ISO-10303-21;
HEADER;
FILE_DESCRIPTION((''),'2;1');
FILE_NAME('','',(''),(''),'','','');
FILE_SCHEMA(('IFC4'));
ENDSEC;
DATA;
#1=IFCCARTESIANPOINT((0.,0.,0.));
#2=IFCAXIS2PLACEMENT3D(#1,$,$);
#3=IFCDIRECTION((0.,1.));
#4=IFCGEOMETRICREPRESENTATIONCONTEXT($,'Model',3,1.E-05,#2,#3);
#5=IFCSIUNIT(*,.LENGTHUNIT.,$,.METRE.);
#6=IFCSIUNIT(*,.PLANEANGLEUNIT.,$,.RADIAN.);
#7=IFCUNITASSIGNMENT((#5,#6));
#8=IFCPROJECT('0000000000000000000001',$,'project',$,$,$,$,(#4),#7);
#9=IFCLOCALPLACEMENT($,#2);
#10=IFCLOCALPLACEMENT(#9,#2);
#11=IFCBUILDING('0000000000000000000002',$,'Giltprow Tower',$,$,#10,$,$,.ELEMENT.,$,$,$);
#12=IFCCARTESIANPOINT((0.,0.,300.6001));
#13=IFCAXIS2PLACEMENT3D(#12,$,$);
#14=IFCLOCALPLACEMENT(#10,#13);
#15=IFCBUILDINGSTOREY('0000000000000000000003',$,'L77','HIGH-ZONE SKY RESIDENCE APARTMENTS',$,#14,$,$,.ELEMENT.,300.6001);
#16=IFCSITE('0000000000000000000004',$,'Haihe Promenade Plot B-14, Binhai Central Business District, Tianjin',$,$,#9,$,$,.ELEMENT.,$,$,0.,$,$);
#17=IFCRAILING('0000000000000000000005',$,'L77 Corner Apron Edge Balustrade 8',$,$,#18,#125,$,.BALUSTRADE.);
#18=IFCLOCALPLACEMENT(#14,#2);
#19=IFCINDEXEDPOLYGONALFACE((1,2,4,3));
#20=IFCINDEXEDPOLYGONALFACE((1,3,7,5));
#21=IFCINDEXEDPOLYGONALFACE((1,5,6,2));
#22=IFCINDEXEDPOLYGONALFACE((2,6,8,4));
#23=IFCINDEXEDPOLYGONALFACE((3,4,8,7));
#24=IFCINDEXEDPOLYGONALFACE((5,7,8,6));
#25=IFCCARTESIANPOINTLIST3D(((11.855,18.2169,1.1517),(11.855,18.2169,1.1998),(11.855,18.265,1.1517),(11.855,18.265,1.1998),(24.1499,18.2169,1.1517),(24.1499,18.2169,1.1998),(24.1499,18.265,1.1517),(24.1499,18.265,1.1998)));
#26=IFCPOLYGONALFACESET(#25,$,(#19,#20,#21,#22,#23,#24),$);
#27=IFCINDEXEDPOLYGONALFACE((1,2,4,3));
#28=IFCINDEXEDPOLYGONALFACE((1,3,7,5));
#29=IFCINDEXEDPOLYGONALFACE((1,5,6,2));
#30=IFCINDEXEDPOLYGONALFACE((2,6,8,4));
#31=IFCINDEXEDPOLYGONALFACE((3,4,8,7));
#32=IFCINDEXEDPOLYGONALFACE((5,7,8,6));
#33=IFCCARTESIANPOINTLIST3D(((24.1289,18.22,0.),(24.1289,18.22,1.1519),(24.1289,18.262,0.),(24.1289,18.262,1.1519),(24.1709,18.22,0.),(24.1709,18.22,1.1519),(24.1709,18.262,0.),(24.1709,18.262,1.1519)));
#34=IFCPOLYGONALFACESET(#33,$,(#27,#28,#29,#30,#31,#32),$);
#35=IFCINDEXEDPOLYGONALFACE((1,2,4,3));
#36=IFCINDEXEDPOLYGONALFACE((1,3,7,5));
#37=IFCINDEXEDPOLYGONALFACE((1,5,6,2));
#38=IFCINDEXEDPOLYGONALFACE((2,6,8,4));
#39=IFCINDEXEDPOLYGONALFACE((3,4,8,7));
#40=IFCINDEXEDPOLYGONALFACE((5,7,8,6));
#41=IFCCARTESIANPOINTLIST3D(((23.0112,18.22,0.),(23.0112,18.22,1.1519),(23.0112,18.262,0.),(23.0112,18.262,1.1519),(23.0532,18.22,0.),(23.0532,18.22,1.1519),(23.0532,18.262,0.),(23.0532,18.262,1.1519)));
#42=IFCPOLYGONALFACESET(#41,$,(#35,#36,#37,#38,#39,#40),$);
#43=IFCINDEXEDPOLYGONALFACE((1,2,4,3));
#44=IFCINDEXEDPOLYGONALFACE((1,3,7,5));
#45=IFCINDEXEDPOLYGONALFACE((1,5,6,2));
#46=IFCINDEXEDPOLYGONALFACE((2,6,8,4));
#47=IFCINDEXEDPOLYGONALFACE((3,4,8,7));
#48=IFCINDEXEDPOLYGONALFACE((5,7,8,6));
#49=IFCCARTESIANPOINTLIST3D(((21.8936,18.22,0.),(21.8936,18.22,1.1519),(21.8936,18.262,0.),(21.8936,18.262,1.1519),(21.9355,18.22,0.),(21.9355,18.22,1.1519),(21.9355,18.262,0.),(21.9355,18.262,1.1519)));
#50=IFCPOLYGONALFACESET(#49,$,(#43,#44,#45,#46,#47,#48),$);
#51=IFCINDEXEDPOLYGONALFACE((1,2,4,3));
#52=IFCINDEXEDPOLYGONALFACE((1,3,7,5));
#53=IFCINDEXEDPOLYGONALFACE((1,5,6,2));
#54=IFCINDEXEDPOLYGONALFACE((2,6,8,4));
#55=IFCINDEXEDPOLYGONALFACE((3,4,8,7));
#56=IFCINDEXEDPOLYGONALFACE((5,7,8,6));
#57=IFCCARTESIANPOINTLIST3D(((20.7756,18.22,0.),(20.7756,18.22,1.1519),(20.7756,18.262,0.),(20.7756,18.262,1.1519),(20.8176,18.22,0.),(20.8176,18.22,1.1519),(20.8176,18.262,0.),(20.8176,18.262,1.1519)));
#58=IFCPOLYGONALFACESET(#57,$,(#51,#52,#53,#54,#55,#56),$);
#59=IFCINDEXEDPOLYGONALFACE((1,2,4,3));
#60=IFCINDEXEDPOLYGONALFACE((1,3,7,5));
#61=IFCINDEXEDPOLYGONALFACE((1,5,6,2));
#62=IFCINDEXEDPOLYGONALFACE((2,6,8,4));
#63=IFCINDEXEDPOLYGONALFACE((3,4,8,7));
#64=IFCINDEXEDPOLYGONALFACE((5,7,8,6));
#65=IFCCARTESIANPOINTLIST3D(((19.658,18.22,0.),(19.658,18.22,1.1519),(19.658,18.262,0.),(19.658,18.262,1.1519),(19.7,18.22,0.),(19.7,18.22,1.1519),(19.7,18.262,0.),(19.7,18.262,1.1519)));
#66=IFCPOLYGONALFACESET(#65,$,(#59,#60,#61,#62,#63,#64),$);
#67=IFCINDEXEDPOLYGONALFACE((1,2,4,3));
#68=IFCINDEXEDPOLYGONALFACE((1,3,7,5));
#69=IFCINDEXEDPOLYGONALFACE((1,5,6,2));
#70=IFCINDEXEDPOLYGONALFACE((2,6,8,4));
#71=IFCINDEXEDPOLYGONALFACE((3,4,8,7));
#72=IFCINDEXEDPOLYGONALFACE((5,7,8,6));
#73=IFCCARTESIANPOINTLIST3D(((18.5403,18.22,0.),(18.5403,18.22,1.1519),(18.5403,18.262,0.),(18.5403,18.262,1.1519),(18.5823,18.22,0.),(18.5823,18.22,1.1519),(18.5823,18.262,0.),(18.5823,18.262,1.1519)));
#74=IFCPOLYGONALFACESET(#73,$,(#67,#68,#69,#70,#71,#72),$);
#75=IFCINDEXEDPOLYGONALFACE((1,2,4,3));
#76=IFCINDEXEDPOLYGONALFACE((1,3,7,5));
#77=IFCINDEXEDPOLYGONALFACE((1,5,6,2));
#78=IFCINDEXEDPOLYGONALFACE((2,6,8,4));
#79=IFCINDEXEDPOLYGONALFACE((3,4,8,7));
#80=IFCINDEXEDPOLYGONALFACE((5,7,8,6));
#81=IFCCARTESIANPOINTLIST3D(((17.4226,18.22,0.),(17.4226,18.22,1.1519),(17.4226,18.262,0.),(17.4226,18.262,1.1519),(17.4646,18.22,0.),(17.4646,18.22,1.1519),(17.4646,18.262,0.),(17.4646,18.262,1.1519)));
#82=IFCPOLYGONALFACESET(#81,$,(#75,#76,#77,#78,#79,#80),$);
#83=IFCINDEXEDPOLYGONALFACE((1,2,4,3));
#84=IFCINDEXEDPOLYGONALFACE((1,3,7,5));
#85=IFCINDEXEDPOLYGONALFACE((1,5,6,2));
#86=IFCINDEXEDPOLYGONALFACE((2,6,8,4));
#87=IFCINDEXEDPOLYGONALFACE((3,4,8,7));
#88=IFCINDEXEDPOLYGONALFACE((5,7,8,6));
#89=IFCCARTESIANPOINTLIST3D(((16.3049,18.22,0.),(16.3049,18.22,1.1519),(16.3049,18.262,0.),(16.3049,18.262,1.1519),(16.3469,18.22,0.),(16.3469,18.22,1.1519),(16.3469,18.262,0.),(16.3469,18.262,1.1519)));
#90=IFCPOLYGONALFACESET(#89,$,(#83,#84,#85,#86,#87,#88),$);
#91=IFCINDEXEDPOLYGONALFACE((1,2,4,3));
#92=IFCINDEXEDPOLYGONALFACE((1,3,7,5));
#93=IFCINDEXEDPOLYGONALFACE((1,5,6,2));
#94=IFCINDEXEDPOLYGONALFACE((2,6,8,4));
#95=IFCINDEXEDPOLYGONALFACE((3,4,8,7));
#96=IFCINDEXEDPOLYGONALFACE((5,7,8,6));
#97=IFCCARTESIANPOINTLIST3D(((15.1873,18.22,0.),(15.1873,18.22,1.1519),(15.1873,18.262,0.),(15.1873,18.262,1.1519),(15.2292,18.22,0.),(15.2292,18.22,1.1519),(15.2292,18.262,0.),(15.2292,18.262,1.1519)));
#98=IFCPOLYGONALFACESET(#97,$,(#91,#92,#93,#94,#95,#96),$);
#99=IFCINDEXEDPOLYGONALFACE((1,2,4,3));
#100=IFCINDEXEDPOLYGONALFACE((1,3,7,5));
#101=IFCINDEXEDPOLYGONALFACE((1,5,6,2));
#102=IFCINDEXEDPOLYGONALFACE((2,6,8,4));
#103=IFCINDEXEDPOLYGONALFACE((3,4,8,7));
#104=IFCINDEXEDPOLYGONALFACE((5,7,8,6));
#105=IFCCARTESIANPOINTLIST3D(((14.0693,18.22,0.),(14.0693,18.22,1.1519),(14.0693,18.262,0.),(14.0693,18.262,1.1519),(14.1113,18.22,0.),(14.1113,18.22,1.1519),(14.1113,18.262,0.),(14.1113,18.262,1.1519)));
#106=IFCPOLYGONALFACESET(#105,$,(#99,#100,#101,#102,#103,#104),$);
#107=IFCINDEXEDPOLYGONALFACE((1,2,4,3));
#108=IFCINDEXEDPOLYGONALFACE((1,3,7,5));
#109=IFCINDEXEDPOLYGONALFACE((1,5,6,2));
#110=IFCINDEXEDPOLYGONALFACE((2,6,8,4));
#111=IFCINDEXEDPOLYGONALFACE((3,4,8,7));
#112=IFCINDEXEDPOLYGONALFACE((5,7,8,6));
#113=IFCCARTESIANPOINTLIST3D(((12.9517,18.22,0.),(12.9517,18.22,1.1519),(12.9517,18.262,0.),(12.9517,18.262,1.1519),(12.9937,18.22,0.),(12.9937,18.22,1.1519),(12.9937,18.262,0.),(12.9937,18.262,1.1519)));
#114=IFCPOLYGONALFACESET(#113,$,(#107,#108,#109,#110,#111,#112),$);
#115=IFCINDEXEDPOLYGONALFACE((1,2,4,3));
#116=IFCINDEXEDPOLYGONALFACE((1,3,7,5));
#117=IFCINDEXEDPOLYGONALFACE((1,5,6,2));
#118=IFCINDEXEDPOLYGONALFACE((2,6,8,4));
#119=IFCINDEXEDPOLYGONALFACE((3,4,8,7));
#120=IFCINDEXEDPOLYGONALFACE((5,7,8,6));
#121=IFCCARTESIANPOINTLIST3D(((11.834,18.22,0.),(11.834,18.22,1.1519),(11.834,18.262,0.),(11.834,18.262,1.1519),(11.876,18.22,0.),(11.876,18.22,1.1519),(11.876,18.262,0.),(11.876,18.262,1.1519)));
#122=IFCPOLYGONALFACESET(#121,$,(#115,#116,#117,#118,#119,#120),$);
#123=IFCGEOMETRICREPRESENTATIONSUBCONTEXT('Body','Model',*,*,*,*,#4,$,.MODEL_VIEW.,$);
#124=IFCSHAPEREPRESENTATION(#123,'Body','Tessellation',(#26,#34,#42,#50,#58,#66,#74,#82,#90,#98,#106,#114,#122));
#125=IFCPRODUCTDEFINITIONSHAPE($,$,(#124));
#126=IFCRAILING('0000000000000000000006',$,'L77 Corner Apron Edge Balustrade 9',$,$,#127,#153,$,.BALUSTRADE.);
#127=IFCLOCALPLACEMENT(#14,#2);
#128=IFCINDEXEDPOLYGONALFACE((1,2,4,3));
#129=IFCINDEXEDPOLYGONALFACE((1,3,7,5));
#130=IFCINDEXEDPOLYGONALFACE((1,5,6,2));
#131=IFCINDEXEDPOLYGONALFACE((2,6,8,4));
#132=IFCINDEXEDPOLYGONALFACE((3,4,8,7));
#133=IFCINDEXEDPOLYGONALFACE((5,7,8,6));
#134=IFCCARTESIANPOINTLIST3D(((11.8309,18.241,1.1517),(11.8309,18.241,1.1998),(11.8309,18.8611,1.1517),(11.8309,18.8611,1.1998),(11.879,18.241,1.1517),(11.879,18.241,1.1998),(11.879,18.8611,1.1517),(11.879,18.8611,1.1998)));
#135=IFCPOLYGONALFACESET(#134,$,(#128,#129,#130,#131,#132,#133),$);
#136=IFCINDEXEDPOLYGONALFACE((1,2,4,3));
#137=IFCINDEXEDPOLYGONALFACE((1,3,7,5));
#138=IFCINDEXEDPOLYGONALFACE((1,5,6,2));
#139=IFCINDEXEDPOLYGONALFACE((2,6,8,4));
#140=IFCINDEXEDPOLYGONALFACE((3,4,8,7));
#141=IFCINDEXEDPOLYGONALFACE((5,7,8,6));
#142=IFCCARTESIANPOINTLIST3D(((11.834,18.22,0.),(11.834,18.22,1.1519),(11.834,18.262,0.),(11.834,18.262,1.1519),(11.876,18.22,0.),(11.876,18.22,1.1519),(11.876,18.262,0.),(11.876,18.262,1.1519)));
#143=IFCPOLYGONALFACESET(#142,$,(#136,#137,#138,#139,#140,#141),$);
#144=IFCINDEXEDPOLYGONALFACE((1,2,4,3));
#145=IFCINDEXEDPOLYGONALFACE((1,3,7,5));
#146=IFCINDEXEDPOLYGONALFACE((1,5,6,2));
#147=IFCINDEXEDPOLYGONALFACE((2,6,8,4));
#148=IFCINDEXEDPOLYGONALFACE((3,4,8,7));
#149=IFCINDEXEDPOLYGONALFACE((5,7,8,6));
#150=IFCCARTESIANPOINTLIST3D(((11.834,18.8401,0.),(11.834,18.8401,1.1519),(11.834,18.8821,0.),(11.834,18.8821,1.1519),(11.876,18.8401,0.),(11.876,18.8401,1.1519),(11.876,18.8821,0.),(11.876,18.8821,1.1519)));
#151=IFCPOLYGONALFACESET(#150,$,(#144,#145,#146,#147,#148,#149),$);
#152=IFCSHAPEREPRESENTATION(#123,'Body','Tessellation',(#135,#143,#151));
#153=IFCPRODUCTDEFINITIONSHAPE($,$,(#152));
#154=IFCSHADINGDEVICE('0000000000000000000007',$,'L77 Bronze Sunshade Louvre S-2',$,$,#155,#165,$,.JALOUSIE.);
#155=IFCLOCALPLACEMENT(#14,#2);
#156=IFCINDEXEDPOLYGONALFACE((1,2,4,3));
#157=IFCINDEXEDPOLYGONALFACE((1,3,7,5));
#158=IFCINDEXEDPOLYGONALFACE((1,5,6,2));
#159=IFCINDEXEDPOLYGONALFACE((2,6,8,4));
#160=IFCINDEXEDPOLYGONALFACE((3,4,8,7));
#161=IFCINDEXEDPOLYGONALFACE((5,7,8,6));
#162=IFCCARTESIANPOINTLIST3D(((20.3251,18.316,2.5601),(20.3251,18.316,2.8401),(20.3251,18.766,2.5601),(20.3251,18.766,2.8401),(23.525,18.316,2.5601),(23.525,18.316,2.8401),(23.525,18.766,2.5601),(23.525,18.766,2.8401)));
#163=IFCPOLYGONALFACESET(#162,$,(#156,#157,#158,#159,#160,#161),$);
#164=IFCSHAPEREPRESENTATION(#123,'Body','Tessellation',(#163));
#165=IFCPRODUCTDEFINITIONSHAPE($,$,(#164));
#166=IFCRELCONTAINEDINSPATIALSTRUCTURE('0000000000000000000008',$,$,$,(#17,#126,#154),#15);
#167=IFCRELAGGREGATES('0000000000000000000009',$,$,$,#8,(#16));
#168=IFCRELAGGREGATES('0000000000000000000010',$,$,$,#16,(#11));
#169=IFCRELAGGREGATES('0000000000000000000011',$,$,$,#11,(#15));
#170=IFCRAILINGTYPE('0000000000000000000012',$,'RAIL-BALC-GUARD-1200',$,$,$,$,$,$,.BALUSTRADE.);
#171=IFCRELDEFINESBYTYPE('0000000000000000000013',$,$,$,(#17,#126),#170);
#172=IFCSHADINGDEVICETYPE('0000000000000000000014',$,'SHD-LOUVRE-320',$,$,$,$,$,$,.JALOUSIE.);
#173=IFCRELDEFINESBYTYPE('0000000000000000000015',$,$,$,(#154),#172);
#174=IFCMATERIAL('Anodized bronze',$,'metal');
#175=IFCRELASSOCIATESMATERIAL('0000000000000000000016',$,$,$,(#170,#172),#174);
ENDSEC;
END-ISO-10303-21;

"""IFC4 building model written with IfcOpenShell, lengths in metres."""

from ifc_helpers import new_model, si_unit, direction, frame, origin, origin_2d, place, context, subcontext, project, spatial, rectangle, extrude, source, transform, mapped, material, type_object, element, save


model = new_model("IFC4")

# Units and contexts
model_context = context("Model", 3, precision=1e-05, world=origin(), true_north=direction((0.0, 1.0)))
body_context = subcontext(model_context, "Body", "Model", "MODEL_VIEW")
ifc_project = project(units=[si_unit("LENGTHUNIT", "METRE"), si_unit("PLANEANGLEUNIT", "RADIAN")], contexts=[model_context])

# Site, building, storey
site_placement = place(None, origin())
site = spatial("IfcSite", under=ifc_project, at=site_placement, Name="Haihe Promenade Plot B-14, Binhai Central Business District, Tianjin", CompositionType="ELEMENT", RefElevation=0.0)
building_placement = place(site_placement, origin())
building = spatial("IfcBuilding", under=site, at=building_placement, Name="Giltprow Tower", CompositionType="ELEMENT")
storey_placement = place(building_placement, frame((0.0, 0.0, 300.6001)))
storey = spatial("IfcBuildingStorey", under=building, at=storey_placement, Name="L77", Description="HIGH-ZONE SKY RESIDENCE APARTMENTS", CompositionType="ELEMENT", Elevation=300.6001)

# Shared definitions
ifc_material_1 = material(Name="Anodized bronze", Category="metal")

# Railings
railing_type = type_object("IfcRailingType", Name="RAIL-BALC-GUARD-1200", PredefinedType="BALUSTRADE", material=ifc_material_1)
railing_1_placement = place(storey_placement, frame((24.1499, 18.241, 0.0)))
element("IfcRailing", 1, at=railing_1_placement, inside=storey, type_object=railing_type, Name="L77 Corner Apron Edge Balustrade 8", PredefinedType="BALUSTRADE", context=body_context, shape_type="SweptSolid", body=[
    extrude(rectangle(XDim=0.0481, YDim=0.0481, at=origin_2d()), frame((0.0, 0.0, 1.1758), z_axis=(-1.0, 0.0, 0.0), x_axis=(0.0, -1.0, 0.0)), (0.0, 0.0, 1.0), 12.2949),
    extrude(rectangle(XDim=0.042, YDim=0.042, at=origin_2d()), origin(), (0.0, 0.0, 1.0), 1.1519),
    extrude(rectangle(XDim=0.042, YDim=0.042, at=origin_2d()), frame((-1.1177, 0.0, 0.0)), (0.0, 0.0, 1.0), 1.1519),
    extrude(rectangle(XDim=0.042, YDim=0.042, at=origin_2d()), frame((-2.2354, 0.0, 0.0)), (0.0, 0.0, 1.0), 1.1519),
    extrude(rectangle(XDim=0.042, YDim=0.042, at=origin_2d()), frame((-3.3533, 0.0, 0.0)), (0.0, 0.0, 1.0), 1.1519),
    extrude(rectangle(XDim=0.042, YDim=0.042, at=origin_2d()), frame((-4.4709, 0.0, 0.0)), (0.0, 0.0, 1.0), 1.1519),
    extrude(rectangle(XDim=0.042, YDim=0.042, at=origin_2d()), frame((-5.5886, 0.0, 0.0)), (0.0, 0.0, 1.0), 1.1519),
    extrude(rectangle(XDim=0.042, YDim=0.042, at=origin_2d()), frame((-6.7063, 0.0, 0.0)), (0.0, 0.0, 1.0), 1.1519),
    extrude(rectangle(XDim=0.042, YDim=0.042, at=origin_2d()), frame((-7.824, 0.0, 0.0)), (0.0, 0.0, 1.0), 1.1519),
    extrude(rectangle(XDim=0.042, YDim=0.042, at=origin_2d()), frame((-8.9417, 0.0, 0.0)), (0.0, 0.0, 1.0), 1.1519),
    extrude(rectangle(XDim=0.042, YDim=0.042, at=origin_2d()), frame((-10.0596, 0.0, 0.0)), (0.0, 0.0, 1.0), 1.1519),
    extrude(rectangle(XDim=0.042, YDim=0.042, at=origin_2d()), frame((-11.1772, 0.0, 0.0)), (0.0, 0.0, 1.0), 1.1519),
    extrude(rectangle(XDim=0.042, YDim=0.042, at=origin_2d()), frame((-12.2949, 0.0, 0.0)), (0.0, 0.0, 1.0), 1.1519),
])
railing_2_placement = place(storey_placement, frame((11.855, 18.241, 0.0)))
element("IfcRailing", 2, at=railing_2_placement, inside=storey, type_object=railing_type, Name="L77 Corner Apron Edge Balustrade 9", PredefinedType="BALUSTRADE", context=body_context, shape_type="SweptSolid", body=[
    extrude(rectangle(XDim=0.0481, YDim=0.0481, at=origin_2d()), frame((0.0, 0.0, 1.1758), z_axis=(0.0, 1.0, 0.0), x_axis=(-1.0, 0.0, 0.0)), (0.0, 0.0, 1.0), 0.6201),
    extrude(rectangle(XDim=0.042, YDim=0.042, at=origin_2d()), origin(), (0.0, 0.0, 1.0), 1.1519),
    extrude(rectangle(XDim=0.042, YDim=0.042, at=origin_2d()), frame((0.0, 0.6201, 0.0)), (0.0, 0.0, 1.0), 1.1519),
])

# Shading device
shading_device_type = type_object("IfcShadingDeviceType", Name="SHD-LOUVRE-320", PredefinedType="JALOUSIE", material=ifc_material_1)
shared_shape_1 = source(origin(), body_context, "Body", "SweptSolid", [
    extrude(rectangle(XDim=3.2, YDim=0.45, at=origin_2d()), origin(), (0.0, 0.0, 1.0), 0.28),
])
shading_device_placement = place(storey_placement, frame((21.925, 18.541, 2.5601), z_axis=(0.0, 0.0, 1.0), x_axis=(1.0, 0.0, 0.0)))
element("IfcShadingDevice", 3, at=shading_device_placement, inside=storey, type_object=shading_device_type, Name="L77 Bronze Sunshade Louvre S-2", PredefinedType="JALOUSIE", context=body_context, shape_type="MappedRepresentation", body=[
    mapped(shared_shape_1, transform((0.0, 0.0, 0.0), x_axis=(1.0, 0.0, 0.0), y_axis=(0.0, 1.0, 0.0), z_axis=(0.0, 0.0, 1.0), scale=1.0)),
])

save(model, "model.ifc")
